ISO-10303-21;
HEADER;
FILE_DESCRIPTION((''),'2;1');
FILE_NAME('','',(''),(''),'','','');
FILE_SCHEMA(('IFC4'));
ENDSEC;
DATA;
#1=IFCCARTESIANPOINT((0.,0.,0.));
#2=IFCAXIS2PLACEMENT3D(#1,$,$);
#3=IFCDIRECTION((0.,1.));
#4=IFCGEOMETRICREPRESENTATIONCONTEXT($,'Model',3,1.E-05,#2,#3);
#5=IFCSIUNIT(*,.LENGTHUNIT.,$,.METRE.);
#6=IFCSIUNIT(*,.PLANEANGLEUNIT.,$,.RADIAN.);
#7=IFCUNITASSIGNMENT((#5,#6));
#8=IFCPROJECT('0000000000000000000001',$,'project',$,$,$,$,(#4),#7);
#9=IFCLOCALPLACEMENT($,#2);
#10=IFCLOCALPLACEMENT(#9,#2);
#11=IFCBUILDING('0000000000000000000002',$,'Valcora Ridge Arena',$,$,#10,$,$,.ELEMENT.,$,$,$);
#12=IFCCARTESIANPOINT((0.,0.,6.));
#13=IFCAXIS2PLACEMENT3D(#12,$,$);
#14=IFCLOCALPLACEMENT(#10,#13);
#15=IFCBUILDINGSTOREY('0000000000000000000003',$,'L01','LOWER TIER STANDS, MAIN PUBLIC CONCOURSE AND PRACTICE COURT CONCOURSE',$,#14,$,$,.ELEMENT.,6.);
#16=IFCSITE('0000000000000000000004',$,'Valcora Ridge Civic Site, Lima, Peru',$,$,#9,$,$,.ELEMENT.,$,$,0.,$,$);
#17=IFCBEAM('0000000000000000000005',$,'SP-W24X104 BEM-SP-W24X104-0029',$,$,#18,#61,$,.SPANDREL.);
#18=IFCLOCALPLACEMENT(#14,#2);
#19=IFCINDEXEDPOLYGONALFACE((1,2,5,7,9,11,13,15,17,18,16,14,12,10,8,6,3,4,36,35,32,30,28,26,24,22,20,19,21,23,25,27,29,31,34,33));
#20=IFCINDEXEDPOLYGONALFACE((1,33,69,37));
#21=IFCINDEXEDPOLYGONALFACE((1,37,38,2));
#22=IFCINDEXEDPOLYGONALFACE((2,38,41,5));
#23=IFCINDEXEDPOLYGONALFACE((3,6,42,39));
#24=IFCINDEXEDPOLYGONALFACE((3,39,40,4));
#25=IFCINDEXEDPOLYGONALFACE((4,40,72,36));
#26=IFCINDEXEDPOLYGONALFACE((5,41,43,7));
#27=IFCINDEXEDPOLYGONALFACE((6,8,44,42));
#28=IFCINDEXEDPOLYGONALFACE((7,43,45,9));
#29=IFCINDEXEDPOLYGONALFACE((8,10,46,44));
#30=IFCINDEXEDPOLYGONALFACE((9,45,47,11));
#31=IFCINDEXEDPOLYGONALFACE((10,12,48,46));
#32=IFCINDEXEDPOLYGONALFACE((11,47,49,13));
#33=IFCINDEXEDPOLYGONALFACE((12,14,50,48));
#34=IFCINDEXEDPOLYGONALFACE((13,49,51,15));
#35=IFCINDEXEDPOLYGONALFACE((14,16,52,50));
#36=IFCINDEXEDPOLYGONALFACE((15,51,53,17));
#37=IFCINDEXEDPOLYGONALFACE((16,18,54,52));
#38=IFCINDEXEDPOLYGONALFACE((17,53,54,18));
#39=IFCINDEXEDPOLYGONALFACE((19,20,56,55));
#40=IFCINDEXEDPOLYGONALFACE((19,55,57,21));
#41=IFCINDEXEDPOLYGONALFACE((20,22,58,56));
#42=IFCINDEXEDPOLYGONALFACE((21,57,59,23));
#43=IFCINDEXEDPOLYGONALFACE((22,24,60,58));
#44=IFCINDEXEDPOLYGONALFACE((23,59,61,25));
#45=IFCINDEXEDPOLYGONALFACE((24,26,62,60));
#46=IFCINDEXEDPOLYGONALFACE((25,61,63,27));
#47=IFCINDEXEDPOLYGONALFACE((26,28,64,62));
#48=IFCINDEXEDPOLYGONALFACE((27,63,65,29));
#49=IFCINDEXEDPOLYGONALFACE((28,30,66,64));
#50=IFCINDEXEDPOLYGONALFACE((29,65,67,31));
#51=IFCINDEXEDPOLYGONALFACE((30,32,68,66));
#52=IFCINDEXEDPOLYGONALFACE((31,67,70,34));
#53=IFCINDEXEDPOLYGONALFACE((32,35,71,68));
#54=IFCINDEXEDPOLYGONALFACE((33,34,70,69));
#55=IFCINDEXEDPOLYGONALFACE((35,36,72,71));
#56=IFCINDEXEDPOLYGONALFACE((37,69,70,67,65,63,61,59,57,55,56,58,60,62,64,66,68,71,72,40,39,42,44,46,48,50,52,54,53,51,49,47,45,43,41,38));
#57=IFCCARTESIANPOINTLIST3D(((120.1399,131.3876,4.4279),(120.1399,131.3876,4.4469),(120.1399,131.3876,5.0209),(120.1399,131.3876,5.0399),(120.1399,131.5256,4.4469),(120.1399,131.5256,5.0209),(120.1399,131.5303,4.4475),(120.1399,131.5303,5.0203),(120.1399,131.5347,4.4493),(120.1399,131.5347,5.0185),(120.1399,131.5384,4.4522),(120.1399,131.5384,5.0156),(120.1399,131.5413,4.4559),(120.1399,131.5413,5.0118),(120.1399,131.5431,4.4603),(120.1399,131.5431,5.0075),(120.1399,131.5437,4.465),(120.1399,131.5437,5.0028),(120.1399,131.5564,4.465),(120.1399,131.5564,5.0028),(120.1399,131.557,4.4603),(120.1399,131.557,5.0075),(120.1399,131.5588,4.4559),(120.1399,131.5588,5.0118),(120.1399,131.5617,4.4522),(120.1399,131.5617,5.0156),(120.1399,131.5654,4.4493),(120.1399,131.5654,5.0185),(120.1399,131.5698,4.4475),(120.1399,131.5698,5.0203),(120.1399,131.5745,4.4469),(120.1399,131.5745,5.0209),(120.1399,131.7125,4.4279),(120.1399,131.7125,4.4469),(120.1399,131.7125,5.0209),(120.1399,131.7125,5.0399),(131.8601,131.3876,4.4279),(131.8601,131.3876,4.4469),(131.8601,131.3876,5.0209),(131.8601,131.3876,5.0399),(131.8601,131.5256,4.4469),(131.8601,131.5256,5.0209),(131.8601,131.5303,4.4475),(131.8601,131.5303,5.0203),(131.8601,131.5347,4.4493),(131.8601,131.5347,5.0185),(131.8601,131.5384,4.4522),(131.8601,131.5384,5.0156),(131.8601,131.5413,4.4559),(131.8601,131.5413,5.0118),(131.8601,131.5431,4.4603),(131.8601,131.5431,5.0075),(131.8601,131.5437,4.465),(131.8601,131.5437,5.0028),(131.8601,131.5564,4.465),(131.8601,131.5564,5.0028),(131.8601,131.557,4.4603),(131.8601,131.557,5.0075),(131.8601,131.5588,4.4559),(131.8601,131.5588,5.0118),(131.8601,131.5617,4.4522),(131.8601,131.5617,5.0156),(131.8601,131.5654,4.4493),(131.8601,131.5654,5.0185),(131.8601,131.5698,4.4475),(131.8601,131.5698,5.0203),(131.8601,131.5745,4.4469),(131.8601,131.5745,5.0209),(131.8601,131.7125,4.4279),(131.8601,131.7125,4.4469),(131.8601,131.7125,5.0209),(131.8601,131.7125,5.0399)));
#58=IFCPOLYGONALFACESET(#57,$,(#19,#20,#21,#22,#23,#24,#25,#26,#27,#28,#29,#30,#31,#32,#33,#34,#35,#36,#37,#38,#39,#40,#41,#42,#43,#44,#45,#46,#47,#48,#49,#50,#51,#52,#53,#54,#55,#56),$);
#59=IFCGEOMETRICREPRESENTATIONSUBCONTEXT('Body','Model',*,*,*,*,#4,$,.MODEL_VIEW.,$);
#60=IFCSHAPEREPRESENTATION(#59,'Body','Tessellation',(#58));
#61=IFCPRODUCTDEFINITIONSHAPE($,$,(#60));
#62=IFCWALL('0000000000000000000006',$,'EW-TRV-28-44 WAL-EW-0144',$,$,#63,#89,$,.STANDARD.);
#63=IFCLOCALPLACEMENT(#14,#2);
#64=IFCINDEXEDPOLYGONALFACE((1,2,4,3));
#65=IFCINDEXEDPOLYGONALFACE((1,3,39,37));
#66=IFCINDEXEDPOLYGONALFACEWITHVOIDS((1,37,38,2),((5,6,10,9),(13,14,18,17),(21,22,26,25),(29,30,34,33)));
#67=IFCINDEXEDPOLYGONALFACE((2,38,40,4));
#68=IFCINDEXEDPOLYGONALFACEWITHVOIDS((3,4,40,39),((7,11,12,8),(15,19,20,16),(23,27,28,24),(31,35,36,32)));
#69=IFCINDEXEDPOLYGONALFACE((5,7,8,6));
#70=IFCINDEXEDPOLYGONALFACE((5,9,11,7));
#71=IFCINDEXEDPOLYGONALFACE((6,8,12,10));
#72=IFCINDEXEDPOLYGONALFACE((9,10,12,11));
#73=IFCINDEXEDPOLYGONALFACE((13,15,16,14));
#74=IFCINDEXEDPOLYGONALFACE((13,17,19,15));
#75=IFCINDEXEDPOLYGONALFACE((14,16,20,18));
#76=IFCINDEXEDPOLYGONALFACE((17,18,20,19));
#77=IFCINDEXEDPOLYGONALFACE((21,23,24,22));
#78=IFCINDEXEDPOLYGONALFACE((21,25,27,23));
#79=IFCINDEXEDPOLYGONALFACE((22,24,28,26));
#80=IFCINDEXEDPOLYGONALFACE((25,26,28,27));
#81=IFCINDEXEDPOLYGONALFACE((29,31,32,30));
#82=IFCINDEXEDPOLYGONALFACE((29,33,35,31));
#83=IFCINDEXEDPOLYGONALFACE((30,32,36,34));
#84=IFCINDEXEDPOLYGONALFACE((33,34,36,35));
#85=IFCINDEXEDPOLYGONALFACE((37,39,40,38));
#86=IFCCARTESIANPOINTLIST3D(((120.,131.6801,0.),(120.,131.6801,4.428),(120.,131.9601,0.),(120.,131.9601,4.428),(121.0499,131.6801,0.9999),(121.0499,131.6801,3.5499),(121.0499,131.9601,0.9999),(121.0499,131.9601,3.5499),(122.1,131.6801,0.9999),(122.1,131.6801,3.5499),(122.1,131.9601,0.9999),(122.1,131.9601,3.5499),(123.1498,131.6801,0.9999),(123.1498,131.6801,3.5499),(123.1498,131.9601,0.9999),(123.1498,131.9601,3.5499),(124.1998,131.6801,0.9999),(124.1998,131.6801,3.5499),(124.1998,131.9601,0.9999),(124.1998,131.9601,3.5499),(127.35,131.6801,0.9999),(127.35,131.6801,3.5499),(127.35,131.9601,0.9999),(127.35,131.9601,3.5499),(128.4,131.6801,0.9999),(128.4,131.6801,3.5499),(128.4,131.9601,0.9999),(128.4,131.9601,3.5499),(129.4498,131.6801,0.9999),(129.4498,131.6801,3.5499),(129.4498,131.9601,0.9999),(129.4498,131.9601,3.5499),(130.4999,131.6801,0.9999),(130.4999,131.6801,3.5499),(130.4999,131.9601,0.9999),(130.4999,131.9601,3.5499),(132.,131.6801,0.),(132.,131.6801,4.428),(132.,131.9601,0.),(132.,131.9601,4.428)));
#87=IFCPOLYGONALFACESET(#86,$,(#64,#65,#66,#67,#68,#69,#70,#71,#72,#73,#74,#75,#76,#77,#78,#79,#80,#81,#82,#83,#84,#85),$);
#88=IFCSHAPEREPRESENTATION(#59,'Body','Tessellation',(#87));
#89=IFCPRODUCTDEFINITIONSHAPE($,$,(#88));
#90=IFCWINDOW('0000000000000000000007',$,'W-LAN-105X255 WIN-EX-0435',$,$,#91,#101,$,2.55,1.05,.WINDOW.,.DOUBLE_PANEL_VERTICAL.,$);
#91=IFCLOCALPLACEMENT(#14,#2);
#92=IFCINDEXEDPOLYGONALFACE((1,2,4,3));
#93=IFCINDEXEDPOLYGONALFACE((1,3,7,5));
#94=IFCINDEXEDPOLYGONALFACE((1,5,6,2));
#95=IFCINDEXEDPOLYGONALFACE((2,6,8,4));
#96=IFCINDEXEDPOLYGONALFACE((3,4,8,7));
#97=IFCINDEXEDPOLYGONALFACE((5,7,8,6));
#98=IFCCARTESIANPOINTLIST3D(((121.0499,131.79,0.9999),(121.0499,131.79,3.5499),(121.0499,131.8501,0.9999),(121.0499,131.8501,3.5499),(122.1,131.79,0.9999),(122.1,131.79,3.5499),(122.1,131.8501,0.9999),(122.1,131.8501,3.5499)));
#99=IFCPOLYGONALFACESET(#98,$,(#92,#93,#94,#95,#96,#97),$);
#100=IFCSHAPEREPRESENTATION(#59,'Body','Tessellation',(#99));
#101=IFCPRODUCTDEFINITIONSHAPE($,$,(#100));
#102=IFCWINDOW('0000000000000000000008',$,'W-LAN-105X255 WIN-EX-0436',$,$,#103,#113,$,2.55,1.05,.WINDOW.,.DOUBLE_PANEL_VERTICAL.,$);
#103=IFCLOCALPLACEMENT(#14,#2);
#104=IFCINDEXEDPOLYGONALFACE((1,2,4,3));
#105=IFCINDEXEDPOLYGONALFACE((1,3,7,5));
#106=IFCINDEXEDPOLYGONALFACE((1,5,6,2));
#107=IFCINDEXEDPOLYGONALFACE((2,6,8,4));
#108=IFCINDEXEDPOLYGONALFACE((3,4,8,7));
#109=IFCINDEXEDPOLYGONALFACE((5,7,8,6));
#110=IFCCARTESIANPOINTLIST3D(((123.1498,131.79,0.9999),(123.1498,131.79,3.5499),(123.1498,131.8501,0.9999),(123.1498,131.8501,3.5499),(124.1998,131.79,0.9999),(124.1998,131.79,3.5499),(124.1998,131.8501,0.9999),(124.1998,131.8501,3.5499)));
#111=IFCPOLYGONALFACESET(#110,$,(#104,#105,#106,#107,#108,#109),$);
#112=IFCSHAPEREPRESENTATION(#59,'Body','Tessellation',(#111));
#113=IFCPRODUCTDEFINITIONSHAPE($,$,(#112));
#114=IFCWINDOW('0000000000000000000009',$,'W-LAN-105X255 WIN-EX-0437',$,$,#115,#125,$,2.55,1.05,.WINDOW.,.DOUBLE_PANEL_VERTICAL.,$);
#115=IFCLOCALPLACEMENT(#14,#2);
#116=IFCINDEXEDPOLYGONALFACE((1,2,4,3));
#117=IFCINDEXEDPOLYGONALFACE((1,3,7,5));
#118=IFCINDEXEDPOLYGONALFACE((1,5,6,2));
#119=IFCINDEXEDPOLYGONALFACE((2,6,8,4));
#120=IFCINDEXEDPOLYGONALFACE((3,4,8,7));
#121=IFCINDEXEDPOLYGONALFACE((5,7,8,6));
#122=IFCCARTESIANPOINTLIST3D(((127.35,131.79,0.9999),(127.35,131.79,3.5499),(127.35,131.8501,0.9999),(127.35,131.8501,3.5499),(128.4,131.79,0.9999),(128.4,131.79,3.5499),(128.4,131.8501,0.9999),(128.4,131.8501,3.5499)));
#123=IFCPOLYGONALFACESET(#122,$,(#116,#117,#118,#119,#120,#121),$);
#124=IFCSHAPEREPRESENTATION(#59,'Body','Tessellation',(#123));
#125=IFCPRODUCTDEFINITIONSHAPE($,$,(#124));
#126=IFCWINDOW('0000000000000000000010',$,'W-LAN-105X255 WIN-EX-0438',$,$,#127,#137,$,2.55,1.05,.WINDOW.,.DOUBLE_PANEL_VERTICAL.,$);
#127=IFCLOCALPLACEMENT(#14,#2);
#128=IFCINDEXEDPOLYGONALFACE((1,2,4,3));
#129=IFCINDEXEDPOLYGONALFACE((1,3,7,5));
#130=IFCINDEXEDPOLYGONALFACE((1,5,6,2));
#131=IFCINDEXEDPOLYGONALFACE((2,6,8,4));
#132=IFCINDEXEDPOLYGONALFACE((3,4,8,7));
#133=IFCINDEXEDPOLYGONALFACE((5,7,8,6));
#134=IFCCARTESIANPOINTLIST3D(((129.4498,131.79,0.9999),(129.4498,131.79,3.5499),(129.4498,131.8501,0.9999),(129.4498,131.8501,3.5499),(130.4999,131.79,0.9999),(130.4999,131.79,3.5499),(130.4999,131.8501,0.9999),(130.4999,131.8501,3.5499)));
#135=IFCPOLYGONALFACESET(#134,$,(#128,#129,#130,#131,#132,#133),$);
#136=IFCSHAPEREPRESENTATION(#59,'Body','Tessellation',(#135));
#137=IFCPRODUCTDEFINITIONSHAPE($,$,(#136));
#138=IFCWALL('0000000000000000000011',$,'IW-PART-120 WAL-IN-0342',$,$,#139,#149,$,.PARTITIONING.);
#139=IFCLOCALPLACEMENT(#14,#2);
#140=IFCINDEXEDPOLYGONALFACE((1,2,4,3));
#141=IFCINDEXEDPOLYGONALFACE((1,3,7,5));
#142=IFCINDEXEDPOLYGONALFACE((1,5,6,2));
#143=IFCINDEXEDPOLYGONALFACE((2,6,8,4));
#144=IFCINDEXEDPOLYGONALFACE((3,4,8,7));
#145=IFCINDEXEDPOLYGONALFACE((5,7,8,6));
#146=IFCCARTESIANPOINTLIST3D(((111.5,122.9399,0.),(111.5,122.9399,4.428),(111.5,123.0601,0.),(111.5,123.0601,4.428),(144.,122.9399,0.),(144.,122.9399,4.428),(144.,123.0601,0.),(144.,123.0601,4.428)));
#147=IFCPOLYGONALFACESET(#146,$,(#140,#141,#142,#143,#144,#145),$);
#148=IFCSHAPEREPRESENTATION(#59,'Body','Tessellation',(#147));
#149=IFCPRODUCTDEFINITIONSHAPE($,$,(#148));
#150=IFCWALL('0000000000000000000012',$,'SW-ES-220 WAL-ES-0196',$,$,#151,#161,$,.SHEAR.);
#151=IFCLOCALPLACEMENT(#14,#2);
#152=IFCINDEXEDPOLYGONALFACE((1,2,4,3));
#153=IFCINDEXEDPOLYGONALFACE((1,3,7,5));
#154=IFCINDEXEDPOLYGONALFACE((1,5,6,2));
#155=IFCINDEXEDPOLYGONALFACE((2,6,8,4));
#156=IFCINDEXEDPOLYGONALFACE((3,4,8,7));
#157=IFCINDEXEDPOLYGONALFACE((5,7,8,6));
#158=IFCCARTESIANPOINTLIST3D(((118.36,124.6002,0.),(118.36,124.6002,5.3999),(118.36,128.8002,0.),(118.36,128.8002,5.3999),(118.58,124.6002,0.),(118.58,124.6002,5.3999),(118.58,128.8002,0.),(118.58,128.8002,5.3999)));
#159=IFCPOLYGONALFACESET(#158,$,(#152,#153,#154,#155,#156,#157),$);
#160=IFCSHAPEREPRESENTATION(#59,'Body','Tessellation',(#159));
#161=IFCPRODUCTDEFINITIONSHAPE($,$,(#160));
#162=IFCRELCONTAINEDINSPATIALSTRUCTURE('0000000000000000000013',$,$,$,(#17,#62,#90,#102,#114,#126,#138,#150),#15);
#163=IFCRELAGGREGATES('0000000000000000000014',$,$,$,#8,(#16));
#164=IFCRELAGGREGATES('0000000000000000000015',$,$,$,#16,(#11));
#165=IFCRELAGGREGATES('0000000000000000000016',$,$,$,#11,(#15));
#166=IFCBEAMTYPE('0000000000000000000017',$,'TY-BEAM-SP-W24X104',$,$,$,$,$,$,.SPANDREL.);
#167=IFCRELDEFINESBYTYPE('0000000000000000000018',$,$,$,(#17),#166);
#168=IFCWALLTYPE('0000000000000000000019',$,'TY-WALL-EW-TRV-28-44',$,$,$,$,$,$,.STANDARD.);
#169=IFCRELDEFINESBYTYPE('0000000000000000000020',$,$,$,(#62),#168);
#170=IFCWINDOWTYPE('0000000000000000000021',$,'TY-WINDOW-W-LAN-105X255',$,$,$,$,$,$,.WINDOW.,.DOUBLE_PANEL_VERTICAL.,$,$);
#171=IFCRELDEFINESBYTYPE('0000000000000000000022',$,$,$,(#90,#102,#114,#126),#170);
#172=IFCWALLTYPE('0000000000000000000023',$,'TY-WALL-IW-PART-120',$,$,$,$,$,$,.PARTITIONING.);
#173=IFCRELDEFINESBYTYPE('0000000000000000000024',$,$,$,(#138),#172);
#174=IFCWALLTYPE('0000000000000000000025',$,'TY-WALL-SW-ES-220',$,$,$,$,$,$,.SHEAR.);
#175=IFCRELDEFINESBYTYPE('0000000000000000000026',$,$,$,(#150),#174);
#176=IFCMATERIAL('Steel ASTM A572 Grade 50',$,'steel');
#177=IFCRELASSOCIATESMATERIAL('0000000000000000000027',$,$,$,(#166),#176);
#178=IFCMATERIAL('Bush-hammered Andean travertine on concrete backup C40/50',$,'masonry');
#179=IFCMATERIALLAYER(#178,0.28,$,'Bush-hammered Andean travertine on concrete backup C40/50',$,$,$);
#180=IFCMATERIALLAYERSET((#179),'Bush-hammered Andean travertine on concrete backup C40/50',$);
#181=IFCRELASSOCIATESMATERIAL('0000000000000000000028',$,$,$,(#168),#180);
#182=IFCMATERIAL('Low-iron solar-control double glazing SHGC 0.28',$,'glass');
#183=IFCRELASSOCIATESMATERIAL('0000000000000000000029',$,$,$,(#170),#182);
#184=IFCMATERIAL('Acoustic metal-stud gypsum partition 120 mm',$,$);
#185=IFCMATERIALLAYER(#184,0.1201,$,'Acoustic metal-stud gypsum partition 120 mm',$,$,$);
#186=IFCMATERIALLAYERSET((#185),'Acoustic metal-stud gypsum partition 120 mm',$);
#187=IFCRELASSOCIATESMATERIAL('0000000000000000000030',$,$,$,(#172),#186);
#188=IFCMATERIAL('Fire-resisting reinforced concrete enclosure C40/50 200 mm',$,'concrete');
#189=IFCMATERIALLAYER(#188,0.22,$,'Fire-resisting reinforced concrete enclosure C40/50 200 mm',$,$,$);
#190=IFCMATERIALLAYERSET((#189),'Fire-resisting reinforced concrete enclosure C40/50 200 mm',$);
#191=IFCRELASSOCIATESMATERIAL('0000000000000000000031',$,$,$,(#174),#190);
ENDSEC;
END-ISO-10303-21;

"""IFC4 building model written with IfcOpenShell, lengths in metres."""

from ifc_helpers import new_model, si_unit, direction, frame, frame_2d, origin, origin_2d, place, context, subcontext, project, spatial, rectangle, i_section, extrude, material, layer, layer_set, material_profile, profile_set, type_object, element, fill, save


model = new_model("IFC4")

# Units and contexts
model_context = context("Model", 3, precision=1e-05, world=origin(), true_north=direction((0.0, 1.0)))
body_context = subcontext(model_context, "Body", "Model", "MODEL_VIEW")
ifc_project = project(units=[si_unit("LENGTHUNIT", "METRE"), si_unit("PLANEANGLEUNIT", "RADIAN")], contexts=[model_context])

# Site, building, storey
site_placement = place(None, origin())
site = spatial("IfcSite", under=ifc_project, at=site_placement, Name="Valcora Ridge Civic Site, Lima, Peru", CompositionType="ELEMENT", RefElevation=0.0)
building_placement = place(site_placement, origin())
building = spatial("IfcBuilding", under=site, at=building_placement, Name="Valcora Ridge Arena", CompositionType="ELEMENT")
storey_placement = place(building_placement, frame((0.0, 0.0, 6.0)))
storey = spatial("IfcBuildingStorey", under=building, at=storey_placement, Name="L01", Description="LOWER TIER STANDS, MAIN PUBLIC CONCOURSE AND PRACTICE COURT CONCOURSE", CompositionType="ELEMENT", Elevation=6.0)

# Beam
ifc_material_1 = material(Name="Steel ASTM A572 Grade 50", Category="steel")
ifc_material_profile_1 = material_profile(ifc_material_1, i_section(OverallWidth=0.325, OverallDepth=0.6121, WebThickness=0.0127, FlangeThickness=0.019, FilletRadius=0.0181, at=origin_2d()), Name="W24X104")
ifc_profile_set_1 = profile_set([ifc_material_profile_1], Name="Steel ASTM A572 Grade 50")
beam_type_1 = type_object("IfcBeamType", Name="TY-BEAM-SP-W24X104", PredefinedType="SPANDREL", material=ifc_profile_set_1)
beam_1_placement = place(storey_placement, frame((120.1399, 131.55, 4.7339), z_axis=(1.0, 0.0, 0.0), x_axis=(0.0, 1.0, 0.0)))
element("IfcBeam", 1, at=beam_1_placement, inside=storey, type_object=beam_type_1, Name="SP-W24X104 BEM-SP-W24X104-0029", PredefinedType="SPANDREL", context=body_context, shape_type="SweptSolid", body=[
    extrude(i_section(OverallWidth=0.325, OverallDepth=0.6121, WebThickness=0.0127, FlangeThickness=0.019, FilletRadius=0.0181, at=origin_2d()), origin(), (0.0, 0.0, 1.0), 11.7202),
])

# Wall, openings, windows
ifc_material_2 = material(Name="Bush-hammered Andean travertine on concrete backup C40/50", Category="masonry")
ifc_layer_1 = layer(ifc_material_2, 0.28, Name="Bush-hammered Andean travertine on concrete backup C40/50")
ifc_layer_set_1 = layer_set([ifc_layer_1], Name="Bush-hammered Andean travertine on concrete backup C40/50")
wall_type_1 = type_object("IfcWallType", Name="TY-WALL-EW-TRV-28-44", PredefinedType="STANDARD", material=ifc_layer_set_1)
wall_1_placement = place(storey_placement, frame((120.0, 131.8201, 0.0), z_axis=(0.0, 0.0, 1.0), x_axis=(1.0, 0.0, 0.0)))
wall_1 = element("IfcWall", 2, at=wall_1_placement, inside=storey, type_object=wall_type_1, Name="EW-TRV-28-44 WAL-EW-0144", PredefinedType="STANDARD", context=body_context, shape_type="SweptSolid", body=[
    extrude(rectangle(XDim=12.0, YDim=0.28, at=frame_2d((6.0, 0.0))), origin(), (0.0, 0.0, 1.0), 4.428),
])
opening_1_placement = place(wall_1_placement, frame((1.05, 0.0, 1.0)))
opening_1 = element("IfcOpeningElement", 3, at=opening_1_placement, cuts=wall_1, PredefinedType="OPENING", context=body_context, shape_type="SweptSolid", body=[
    extrude(rectangle(XDim=1.05, YDim=2.55, at=frame_2d((0.5249, 1.2749))), frame((0.0, 0.1499, 0.0), z_axis=(0.0, -1.0, 0.0), x_axis=(1.0, 0.0, 0.0)), (0.0, 0.0, 1.0), 0.3),
])
opening_2_placement = place(wall_1_placement, frame((3.1499, 0.0, 1.0)))
opening_2 = element("IfcOpeningElement", 4, at=opening_2_placement, cuts=wall_1, PredefinedType="OPENING", context=body_context, shape_type="SweptSolid", body=[
    extrude(rectangle(XDim=1.05, YDim=2.55, at=frame_2d((0.5249, 1.2749))), frame((0.0, 0.1499, 0.0), z_axis=(0.0, -1.0, 0.0), x_axis=(1.0, 0.0, 0.0)), (0.0, 0.0, 1.0), 0.3),
])
opening_3_placement = place(wall_1_placement, frame((7.3501, 0.0, 1.0)))
opening_3 = element("IfcOpeningElement", 5, at=opening_3_placement, cuts=wall_1, PredefinedType="OPENING", context=body_context, shape_type="SweptSolid", body=[
    extrude(rectangle(XDim=1.05, YDim=2.55, at=frame_2d((0.5249, 1.2749))), frame((0.0, 0.1499, 0.0), z_axis=(0.0, -1.0, 0.0), x_axis=(1.0, 0.0, 0.0)), (0.0, 0.0, 1.0), 0.3),
])
opening_4_placement = place(wall_1_placement, frame((9.45, 0.0, 1.0)))
opening_4 = element("IfcOpeningElement", 6, at=opening_4_placement, cuts=wall_1, PredefinedType="OPENING", context=body_context, shape_type="SweptSolid", body=[
    extrude(rectangle(XDim=1.05, YDim=2.55, at=frame_2d((0.5249, 1.2749))), frame((0.0, 0.1499, 0.0), z_axis=(0.0, -1.0, 0.0), x_axis=(1.0, 0.0, 0.0)), (0.0, 0.0, 1.0), 0.3),
])
ifc_material_3 = material(Name="Low-iron solar-control double glazing SHGC 0.28", Category="glass")
window_type = type_object("IfcWindowType", Name="TY-WINDOW-W-LAN-105X255", PartitioningType="DOUBLE_PANEL_VERTICAL", PredefinedType="WINDOW", material=ifc_material_3)
window_1_placement = place(opening_1_placement, origin())
window_1 = element("IfcWindow", 7, at=window_1_placement, inside=storey, type_object=window_type, Name="W-LAN-105X255 WIN-EX-0435", OverallHeight=2.55, OverallWidth=1.05, PartitioningType="DOUBLE_PANEL_VERTICAL", PredefinedType="WINDOW", context=body_context, shape_type="SweptSolid", body=[
    extrude(rectangle(XDim=1.05, YDim=2.55, at=frame_2d((0.5249, 1.2749))), frame((0.0, 0.03, 0.0), z_axis=(0.0, -1.0, 0.0), x_axis=(1.0, 0.0, 0.0)), (0.0, 0.0, 1.0), 0.0601),
])
fill(opening_1, window_1)
window_2_placement = place(opening_2_placement, origin())
window_2 = element("IfcWindow", 8, at=window_2_placement, inside=storey, type_object=window_type, Name="W-LAN-105X255 WIN-EX-0436", OverallHeight=2.55, OverallWidth=1.05, PartitioningType="DOUBLE_PANEL_VERTICAL", PredefinedType="WINDOW", context=body_context, shape_type="SweptSolid", body=[
    extrude(rectangle(XDim=1.05, YDim=2.55, at=frame_2d((0.5249, 1.2749))), frame((0.0, 0.03, 0.0), z_axis=(0.0, -1.0, 0.0), x_axis=(1.0, 0.0, 0.0)), (0.0, 0.0, 1.0), 0.0601),
])
fill(opening_2, window_2)
window_3_placement = place(opening_3_placement, origin())
window_3 = element("IfcWindow", 9, at=window_3_placement, inside=storey, type_object=window_type, Name="W-LAN-105X255 WIN-EX-0437", OverallHeight=2.55, OverallWidth=1.05, PartitioningType="DOUBLE_PANEL_VERTICAL", PredefinedType="WINDOW", context=body_context, shape_type="SweptSolid", body=[
    extrude(rectangle(XDim=1.05, YDim=2.55, at=frame_2d((0.5249, 1.2749))), frame((0.0, 0.03, 0.0), z_axis=(0.0, -1.0, 0.0), x_axis=(1.0, 0.0, 0.0)), (0.0, 0.0, 1.0), 0.0601),
])
fill(opening_3, window_3)
window_4_placement = place(opening_4_placement, origin())
window_4 = element("IfcWindow", 10, at=window_4_placement, inside=storey, type_object=window_type, Name="W-LAN-105X255 WIN-EX-0438", OverallHeight=2.55, OverallWidth=1.05, PartitioningType="DOUBLE_PANEL_VERTICAL", PredefinedType="WINDOW", context=body_context, shape_type="SweptSolid", body=[
    extrude(rectangle(XDim=1.05, YDim=2.55, at=frame_2d((0.5249, 1.2749))), frame((0.0, 0.03, 0.0), z_axis=(0.0, -1.0, 0.0), x_axis=(1.0, 0.0, 0.0)), (0.0, 0.0, 1.0), 0.0601),
])
fill(opening_4, window_4)

# Walls
ifc_material_4 = material(Name="Acoustic metal-stud gypsum partition 120 mm")
ifc_layer_2 = layer(ifc_material_4, 0.1201, Name="Acoustic metal-stud gypsum partition 120 mm")
ifc_layer_set_2 = layer_set([ifc_layer_2], Name="Acoustic metal-stud gypsum partition 120 mm")
wall_type_2 = type_object("IfcWallType", Name="TY-WALL-IW-PART-120", PredefinedType="PARTITIONING", material=ifc_layer_set_2)
wall_2_placement = place(storey_placement, frame((111.5, 123.0, 0.0), z_axis=(0.0, 0.0, 1.0), x_axis=(1.0, 0.0, 0.0)))
element("IfcWall", 11, at=wall_2_placement, inside=storey, type_object=wall_type_2, Name="IW-PART-120 WAL-IN-0342", PredefinedType="PARTITIONING", context=body_context, shape_type="SweptSolid", body=[
    extrude(rectangle(XDim=32.5, YDim=0.1201, at=frame_2d((16.25, 0.0))), origin(), (0.0, 0.0, 1.0), 4.428),
])
ifc_material_5 = material(Name="Fire-resisting reinforced concrete enclosure C40/50 200 mm", Category="concrete")
ifc_layer_3 = layer(ifc_material_5, 0.22, Name="Fire-resisting reinforced concrete enclosure C40/50 200 mm")
ifc_layer_set_3 = layer_set([ifc_layer_3], Name="Fire-resisting reinforced concrete enclosure C40/50 200 mm")
wall_type_3 = type_object("IfcWallType", Name="TY-WALL-SW-ES-220", PredefinedType="SHEAR", material=ifc_layer_set_3)
wall_3_placement = place(storey_placement, frame((118.47, 124.6001, 0.0), z_axis=(0.0, 0.0, 1.0), x_axis=(0.0, 1.0, 0.0)))
element("IfcWall", 12, at=wall_3_placement, inside=storey, type_object=wall_type_3, Name="SW-ES-220 WAL-ES-0196", PredefinedType="SHEAR", context=body_context, shape_type="SweptSolid", body=[
    extrude(rectangle(XDim=4.2, YDim=0.22, at=frame_2d((2.1001, 0.0))), origin(), (0.0, 0.0, 1.0), 5.3999),
])

save(model, "model.ifc")
